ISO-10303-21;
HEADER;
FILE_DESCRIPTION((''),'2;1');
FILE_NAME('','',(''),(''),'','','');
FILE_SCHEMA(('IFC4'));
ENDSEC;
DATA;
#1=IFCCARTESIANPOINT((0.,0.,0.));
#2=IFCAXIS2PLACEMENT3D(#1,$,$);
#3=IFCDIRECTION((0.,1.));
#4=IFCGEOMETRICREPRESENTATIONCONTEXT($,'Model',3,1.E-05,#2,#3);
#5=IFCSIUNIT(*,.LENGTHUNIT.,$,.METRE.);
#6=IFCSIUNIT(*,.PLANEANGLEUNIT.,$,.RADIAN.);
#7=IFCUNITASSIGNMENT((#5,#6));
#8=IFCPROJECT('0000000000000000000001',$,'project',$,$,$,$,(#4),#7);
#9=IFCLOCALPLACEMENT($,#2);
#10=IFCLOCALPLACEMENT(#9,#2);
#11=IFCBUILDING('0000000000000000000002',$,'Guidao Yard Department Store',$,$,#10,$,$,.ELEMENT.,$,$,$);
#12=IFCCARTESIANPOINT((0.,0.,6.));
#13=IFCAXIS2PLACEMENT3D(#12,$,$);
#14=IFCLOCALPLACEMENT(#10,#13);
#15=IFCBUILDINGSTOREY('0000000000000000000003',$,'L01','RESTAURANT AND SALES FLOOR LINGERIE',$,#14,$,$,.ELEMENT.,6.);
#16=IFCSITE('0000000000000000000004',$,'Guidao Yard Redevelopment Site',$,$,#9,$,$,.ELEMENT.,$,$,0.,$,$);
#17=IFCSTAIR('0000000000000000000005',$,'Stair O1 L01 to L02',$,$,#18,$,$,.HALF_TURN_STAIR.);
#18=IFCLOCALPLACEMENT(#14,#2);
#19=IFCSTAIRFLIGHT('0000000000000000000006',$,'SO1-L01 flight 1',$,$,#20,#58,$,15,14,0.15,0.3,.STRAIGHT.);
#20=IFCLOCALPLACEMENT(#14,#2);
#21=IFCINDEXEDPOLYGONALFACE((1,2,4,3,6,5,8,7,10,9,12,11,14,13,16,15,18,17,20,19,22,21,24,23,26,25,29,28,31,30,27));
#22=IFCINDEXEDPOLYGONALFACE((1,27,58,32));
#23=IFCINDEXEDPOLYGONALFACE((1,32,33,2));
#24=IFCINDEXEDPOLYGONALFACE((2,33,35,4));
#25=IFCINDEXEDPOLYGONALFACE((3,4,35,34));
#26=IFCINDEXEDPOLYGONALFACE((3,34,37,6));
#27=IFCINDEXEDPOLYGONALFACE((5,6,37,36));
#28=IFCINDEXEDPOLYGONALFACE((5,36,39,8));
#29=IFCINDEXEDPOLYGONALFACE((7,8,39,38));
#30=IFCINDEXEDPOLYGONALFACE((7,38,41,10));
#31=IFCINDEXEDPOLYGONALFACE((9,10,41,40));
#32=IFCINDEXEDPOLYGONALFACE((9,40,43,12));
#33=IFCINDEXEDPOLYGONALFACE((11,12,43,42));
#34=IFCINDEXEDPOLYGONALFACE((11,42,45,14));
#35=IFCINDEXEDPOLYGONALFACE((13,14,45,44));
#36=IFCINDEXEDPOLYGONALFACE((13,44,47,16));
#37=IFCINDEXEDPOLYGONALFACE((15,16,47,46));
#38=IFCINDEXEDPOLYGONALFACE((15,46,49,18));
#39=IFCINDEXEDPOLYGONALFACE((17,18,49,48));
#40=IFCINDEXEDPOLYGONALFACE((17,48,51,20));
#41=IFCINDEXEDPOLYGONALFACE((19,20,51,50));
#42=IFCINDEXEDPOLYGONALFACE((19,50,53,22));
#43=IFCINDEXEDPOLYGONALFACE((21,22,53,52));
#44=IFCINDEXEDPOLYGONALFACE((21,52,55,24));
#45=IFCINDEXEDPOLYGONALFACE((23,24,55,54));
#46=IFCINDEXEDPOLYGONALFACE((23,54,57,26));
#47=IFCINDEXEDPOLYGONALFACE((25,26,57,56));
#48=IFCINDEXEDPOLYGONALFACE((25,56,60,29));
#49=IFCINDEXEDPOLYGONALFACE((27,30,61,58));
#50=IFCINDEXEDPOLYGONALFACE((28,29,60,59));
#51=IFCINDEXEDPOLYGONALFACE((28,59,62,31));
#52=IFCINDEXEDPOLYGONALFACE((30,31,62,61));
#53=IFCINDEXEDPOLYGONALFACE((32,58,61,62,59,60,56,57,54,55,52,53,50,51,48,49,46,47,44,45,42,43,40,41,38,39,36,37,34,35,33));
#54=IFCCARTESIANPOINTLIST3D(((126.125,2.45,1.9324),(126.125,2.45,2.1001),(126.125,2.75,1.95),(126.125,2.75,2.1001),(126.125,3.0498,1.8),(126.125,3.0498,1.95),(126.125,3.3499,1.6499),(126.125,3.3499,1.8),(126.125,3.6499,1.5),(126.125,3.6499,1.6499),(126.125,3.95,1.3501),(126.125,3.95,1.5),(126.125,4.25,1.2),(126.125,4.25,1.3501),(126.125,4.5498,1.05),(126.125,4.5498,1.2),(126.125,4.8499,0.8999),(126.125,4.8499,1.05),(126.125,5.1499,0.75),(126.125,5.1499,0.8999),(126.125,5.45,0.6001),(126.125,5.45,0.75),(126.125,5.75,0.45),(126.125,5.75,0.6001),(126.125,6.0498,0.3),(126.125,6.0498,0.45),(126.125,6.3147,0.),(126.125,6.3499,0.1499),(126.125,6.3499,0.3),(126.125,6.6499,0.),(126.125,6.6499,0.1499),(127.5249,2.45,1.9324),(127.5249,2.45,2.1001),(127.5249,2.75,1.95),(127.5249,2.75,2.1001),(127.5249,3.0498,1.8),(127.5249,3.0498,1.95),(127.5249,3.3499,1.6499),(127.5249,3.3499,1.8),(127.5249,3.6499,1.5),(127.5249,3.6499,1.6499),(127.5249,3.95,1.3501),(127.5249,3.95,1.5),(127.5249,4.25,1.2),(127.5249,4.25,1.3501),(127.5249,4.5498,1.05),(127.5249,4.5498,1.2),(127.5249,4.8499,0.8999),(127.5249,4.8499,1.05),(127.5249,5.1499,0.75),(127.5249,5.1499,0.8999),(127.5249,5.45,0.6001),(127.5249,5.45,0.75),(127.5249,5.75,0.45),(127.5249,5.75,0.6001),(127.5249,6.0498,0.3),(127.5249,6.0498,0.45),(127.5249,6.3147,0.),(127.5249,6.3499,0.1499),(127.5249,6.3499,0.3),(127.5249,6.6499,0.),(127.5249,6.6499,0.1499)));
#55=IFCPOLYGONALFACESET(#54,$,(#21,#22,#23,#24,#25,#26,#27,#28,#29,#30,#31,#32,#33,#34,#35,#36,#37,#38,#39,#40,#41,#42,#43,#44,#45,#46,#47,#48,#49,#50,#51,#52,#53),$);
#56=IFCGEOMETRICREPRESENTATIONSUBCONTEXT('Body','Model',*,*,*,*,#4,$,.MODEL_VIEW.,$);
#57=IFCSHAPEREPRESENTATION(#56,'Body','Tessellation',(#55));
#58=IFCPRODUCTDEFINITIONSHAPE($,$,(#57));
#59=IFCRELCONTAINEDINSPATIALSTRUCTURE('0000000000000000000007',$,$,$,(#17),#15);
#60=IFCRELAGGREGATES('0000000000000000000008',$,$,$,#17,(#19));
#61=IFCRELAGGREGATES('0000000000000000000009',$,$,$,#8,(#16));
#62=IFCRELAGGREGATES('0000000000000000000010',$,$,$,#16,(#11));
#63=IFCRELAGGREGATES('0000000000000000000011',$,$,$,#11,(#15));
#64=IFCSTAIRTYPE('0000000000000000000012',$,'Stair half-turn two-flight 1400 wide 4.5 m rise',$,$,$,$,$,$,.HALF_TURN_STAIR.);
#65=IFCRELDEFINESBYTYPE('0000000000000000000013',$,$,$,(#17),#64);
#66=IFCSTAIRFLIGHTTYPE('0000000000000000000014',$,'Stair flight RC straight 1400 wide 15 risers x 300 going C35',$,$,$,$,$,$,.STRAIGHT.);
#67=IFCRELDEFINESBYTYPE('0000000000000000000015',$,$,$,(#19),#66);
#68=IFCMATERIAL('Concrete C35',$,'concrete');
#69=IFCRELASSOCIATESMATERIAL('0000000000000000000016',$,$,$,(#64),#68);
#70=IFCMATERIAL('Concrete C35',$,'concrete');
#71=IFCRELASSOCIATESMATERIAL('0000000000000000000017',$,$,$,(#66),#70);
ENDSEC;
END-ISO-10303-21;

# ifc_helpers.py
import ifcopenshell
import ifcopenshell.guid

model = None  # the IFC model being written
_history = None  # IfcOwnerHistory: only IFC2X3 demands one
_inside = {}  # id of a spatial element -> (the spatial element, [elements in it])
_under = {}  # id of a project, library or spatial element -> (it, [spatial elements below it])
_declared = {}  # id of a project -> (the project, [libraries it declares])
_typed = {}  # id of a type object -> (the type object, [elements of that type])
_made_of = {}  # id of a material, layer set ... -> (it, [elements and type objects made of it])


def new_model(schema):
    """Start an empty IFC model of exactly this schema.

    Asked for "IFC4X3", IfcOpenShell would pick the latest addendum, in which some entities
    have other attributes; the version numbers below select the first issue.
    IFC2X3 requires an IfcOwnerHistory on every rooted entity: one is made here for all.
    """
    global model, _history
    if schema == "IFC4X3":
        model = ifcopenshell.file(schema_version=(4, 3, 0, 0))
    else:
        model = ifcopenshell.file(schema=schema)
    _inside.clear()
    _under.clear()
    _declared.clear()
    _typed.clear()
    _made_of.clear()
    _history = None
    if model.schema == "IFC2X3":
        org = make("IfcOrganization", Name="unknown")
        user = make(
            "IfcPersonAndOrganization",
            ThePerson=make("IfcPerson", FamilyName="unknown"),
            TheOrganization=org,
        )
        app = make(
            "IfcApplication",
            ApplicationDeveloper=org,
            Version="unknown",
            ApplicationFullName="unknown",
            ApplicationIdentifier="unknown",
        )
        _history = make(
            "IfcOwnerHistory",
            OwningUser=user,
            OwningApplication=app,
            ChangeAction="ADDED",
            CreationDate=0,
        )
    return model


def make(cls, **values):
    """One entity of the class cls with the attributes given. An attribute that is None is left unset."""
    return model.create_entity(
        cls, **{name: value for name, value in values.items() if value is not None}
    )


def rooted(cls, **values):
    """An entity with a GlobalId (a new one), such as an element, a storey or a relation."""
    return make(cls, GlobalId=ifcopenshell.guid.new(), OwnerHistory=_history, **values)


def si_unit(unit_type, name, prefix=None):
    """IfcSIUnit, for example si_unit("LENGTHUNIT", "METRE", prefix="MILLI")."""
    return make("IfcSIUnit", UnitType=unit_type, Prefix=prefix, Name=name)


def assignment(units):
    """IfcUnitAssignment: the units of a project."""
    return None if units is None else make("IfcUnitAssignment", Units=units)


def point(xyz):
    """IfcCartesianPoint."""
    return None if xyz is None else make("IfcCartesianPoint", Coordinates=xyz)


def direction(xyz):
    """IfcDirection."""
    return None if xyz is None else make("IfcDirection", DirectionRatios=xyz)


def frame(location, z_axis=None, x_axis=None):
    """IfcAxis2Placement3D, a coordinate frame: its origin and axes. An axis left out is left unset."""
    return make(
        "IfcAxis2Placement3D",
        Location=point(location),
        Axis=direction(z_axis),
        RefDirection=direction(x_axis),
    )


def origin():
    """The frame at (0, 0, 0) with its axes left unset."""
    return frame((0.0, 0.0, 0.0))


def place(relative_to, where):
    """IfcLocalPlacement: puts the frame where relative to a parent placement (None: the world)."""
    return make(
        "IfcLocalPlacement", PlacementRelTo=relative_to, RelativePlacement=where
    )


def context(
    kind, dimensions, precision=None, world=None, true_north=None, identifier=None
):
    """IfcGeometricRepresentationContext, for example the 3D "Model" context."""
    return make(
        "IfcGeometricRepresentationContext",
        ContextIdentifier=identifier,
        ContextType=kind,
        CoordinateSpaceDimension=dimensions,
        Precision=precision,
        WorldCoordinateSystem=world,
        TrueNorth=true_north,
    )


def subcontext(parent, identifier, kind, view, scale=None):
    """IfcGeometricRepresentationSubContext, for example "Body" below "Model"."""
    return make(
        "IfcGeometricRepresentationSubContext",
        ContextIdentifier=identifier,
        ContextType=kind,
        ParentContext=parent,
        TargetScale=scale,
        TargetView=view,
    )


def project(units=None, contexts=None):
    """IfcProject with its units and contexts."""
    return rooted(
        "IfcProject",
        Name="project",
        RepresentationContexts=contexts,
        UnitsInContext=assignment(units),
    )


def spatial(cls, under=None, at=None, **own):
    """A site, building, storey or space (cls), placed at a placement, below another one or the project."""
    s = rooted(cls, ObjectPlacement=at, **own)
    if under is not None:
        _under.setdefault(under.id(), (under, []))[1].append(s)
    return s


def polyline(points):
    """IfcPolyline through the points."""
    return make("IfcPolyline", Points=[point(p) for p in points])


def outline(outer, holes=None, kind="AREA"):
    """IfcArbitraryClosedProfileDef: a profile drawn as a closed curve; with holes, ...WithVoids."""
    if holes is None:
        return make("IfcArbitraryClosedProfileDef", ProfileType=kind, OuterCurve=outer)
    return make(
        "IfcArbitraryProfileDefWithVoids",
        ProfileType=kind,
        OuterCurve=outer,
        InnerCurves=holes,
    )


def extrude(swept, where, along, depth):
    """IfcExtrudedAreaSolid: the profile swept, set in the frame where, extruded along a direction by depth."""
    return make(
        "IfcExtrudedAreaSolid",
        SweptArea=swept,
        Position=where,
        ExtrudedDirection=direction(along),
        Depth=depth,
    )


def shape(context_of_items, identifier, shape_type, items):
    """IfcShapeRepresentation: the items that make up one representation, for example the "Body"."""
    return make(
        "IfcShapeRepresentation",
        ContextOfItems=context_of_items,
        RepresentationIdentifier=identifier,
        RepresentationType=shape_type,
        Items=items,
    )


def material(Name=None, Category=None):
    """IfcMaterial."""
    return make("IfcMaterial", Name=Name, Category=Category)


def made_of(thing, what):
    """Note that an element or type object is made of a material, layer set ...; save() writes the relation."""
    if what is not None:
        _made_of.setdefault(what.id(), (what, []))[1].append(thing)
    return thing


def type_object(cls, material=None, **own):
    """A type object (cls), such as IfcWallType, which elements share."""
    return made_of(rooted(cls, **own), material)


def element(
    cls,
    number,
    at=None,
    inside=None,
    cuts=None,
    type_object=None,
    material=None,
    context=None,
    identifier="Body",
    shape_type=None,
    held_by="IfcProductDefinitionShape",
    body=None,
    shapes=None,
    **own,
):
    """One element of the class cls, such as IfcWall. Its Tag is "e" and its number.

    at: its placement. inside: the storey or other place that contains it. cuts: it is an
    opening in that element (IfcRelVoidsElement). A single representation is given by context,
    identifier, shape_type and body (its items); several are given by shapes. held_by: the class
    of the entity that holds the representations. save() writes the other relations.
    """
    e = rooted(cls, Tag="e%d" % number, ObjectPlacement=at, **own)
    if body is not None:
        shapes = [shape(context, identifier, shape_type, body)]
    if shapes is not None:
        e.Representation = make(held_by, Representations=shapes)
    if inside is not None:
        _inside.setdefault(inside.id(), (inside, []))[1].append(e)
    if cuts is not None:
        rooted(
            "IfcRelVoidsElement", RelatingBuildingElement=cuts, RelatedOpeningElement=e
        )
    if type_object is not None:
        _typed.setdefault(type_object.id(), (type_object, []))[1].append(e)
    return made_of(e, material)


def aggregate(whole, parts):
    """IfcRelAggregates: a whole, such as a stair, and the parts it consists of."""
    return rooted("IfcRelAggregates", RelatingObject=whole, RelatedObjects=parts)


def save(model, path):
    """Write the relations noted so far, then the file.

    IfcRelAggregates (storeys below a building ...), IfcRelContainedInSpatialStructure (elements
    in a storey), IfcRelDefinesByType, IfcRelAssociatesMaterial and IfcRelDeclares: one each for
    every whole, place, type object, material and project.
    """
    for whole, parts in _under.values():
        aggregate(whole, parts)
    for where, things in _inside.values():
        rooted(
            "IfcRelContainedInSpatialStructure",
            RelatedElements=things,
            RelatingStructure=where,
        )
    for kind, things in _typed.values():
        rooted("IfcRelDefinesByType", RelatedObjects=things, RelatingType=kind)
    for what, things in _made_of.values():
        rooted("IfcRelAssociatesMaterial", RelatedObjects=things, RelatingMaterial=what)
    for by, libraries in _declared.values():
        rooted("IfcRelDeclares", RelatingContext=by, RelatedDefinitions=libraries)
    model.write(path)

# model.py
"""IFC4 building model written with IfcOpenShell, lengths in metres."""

from ifc_helpers import new_model, si_unit, direction, frame, origin, place, context, subcontext, project, spatial, polyline, outline, extrude, material, type_object, element, aggregate, save


model = new_model("IFC4")

# Units and contexts
model_context = context("Model", 3, precision=1e-05, world=origin(), true_north=direction((0.0, 1.0)))
body_context = subcontext(model_context, "Body", "Model", "MODEL_VIEW")
ifc_project = project(units=[si_unit("LENGTHUNIT", "METRE"), si_unit("PLANEANGLEUNIT", "RADIAN")], contexts=[model_context])

# Site, building, storey
site_placement = place(None, origin())
site = spatial("IfcSite", under=ifc_project, at=site_placement, Name="Guidao Yard Redevelopment Site", CompositionType="ELEMENT", RefElevation=0.0)
building_placement = place(site_placement, origin())
building = spatial("IfcBuilding", under=site, at=building_placement, Name="Guidao Yard Department Store", CompositionType="ELEMENT")
storey_placement = place(building_placement, frame((0.0, 0.0, 6.0)))
storey = spatial("IfcBuildingStorey", under=building, at=storey_placement, Name="L01", Description="RESTAURANT AND SALES FLOOR LINGERIE", CompositionType="ELEMENT", Elevation=6.0)

# Stair, stair flight
ifc_material_1 = material(Name="Concrete C35", Category="concrete")
stair_type = type_object("IfcStairType", Name="Stair half-turn two-flight 1400 wide 4.5 m rise", PredefinedType="HALF_TURN_STAIR", material=ifc_material_1)
stair_placement = place(storey_placement, origin())
stair = element("IfcStair", 1, at=stair_placement, inside=storey, type_object=stair_type, Name="Stair O1 L01 to L02", PredefinedType="HALF_TURN_STAIR")
ifc_material_2 = material(Name="Concrete C35", Category="concrete")
stair_flight_type = type_object("IfcStairFlightType", Name="Stair flight RC straight 1400 wide 15 risers x 300 going C35", PredefinedType="STRAIGHT", material=ifc_material_2)
stair_flight_placement = place(storey_placement, frame((126.825, 6.6499, 0.0), z_axis=(0.0, 0.0, 1.0), x_axis=(0.0, -1.0, 0.0)))
stair_flight = element("IfcStairFlight", 2, at=stair_flight_placement, type_object=stair_flight_type, Name="SO1-L01 flight 1", NumberOfRisers=15, NumberOfTreads=14, PredefinedType="STRAIGHT", RiserHeight=0.15, TreadLength=0.3, context=body_context, shape_type="SweptSolid", body=[
    extrude(outline(polyline([(0.0, 0.0), (0.0, 0.1499), (0.3, 0.1499), (0.3, 0.3), (0.6001, 0.3), (0.6001, 0.45), (0.8999, 0.45), (0.8999, 0.6001), (1.2, 0.6001), (1.2, 0.75), (1.5, 0.75), (1.5, 0.8999), (1.8, 0.8999), (1.8, 1.05), (2.1001, 1.05), (2.1001, 1.2), (2.3999, 1.2), (2.3999, 1.3501), (2.7, 1.3501), (2.7, 1.5), (3.0, 1.5), (3.0, 1.6499), (3.3, 1.6499), (3.3, 1.8), (3.6001, 1.8), (3.6001, 1.95), (3.8999, 1.95), (3.8999, 2.1001), (4.2, 2.1001), (4.2, 2.25), (4.2, 1.9324), (0.3352, 0.0), (0.0, 0.0)])), frame((0.0, 0.7, 0.0), z_axis=(0.0, -1.0, 0.0), x_axis=(1.0, 0.0, 0.0)), (0.0, 0.0, 1.0), 1.3999),
])
aggregate(stair, [stair_flight])

save(model, "model.ifc")
